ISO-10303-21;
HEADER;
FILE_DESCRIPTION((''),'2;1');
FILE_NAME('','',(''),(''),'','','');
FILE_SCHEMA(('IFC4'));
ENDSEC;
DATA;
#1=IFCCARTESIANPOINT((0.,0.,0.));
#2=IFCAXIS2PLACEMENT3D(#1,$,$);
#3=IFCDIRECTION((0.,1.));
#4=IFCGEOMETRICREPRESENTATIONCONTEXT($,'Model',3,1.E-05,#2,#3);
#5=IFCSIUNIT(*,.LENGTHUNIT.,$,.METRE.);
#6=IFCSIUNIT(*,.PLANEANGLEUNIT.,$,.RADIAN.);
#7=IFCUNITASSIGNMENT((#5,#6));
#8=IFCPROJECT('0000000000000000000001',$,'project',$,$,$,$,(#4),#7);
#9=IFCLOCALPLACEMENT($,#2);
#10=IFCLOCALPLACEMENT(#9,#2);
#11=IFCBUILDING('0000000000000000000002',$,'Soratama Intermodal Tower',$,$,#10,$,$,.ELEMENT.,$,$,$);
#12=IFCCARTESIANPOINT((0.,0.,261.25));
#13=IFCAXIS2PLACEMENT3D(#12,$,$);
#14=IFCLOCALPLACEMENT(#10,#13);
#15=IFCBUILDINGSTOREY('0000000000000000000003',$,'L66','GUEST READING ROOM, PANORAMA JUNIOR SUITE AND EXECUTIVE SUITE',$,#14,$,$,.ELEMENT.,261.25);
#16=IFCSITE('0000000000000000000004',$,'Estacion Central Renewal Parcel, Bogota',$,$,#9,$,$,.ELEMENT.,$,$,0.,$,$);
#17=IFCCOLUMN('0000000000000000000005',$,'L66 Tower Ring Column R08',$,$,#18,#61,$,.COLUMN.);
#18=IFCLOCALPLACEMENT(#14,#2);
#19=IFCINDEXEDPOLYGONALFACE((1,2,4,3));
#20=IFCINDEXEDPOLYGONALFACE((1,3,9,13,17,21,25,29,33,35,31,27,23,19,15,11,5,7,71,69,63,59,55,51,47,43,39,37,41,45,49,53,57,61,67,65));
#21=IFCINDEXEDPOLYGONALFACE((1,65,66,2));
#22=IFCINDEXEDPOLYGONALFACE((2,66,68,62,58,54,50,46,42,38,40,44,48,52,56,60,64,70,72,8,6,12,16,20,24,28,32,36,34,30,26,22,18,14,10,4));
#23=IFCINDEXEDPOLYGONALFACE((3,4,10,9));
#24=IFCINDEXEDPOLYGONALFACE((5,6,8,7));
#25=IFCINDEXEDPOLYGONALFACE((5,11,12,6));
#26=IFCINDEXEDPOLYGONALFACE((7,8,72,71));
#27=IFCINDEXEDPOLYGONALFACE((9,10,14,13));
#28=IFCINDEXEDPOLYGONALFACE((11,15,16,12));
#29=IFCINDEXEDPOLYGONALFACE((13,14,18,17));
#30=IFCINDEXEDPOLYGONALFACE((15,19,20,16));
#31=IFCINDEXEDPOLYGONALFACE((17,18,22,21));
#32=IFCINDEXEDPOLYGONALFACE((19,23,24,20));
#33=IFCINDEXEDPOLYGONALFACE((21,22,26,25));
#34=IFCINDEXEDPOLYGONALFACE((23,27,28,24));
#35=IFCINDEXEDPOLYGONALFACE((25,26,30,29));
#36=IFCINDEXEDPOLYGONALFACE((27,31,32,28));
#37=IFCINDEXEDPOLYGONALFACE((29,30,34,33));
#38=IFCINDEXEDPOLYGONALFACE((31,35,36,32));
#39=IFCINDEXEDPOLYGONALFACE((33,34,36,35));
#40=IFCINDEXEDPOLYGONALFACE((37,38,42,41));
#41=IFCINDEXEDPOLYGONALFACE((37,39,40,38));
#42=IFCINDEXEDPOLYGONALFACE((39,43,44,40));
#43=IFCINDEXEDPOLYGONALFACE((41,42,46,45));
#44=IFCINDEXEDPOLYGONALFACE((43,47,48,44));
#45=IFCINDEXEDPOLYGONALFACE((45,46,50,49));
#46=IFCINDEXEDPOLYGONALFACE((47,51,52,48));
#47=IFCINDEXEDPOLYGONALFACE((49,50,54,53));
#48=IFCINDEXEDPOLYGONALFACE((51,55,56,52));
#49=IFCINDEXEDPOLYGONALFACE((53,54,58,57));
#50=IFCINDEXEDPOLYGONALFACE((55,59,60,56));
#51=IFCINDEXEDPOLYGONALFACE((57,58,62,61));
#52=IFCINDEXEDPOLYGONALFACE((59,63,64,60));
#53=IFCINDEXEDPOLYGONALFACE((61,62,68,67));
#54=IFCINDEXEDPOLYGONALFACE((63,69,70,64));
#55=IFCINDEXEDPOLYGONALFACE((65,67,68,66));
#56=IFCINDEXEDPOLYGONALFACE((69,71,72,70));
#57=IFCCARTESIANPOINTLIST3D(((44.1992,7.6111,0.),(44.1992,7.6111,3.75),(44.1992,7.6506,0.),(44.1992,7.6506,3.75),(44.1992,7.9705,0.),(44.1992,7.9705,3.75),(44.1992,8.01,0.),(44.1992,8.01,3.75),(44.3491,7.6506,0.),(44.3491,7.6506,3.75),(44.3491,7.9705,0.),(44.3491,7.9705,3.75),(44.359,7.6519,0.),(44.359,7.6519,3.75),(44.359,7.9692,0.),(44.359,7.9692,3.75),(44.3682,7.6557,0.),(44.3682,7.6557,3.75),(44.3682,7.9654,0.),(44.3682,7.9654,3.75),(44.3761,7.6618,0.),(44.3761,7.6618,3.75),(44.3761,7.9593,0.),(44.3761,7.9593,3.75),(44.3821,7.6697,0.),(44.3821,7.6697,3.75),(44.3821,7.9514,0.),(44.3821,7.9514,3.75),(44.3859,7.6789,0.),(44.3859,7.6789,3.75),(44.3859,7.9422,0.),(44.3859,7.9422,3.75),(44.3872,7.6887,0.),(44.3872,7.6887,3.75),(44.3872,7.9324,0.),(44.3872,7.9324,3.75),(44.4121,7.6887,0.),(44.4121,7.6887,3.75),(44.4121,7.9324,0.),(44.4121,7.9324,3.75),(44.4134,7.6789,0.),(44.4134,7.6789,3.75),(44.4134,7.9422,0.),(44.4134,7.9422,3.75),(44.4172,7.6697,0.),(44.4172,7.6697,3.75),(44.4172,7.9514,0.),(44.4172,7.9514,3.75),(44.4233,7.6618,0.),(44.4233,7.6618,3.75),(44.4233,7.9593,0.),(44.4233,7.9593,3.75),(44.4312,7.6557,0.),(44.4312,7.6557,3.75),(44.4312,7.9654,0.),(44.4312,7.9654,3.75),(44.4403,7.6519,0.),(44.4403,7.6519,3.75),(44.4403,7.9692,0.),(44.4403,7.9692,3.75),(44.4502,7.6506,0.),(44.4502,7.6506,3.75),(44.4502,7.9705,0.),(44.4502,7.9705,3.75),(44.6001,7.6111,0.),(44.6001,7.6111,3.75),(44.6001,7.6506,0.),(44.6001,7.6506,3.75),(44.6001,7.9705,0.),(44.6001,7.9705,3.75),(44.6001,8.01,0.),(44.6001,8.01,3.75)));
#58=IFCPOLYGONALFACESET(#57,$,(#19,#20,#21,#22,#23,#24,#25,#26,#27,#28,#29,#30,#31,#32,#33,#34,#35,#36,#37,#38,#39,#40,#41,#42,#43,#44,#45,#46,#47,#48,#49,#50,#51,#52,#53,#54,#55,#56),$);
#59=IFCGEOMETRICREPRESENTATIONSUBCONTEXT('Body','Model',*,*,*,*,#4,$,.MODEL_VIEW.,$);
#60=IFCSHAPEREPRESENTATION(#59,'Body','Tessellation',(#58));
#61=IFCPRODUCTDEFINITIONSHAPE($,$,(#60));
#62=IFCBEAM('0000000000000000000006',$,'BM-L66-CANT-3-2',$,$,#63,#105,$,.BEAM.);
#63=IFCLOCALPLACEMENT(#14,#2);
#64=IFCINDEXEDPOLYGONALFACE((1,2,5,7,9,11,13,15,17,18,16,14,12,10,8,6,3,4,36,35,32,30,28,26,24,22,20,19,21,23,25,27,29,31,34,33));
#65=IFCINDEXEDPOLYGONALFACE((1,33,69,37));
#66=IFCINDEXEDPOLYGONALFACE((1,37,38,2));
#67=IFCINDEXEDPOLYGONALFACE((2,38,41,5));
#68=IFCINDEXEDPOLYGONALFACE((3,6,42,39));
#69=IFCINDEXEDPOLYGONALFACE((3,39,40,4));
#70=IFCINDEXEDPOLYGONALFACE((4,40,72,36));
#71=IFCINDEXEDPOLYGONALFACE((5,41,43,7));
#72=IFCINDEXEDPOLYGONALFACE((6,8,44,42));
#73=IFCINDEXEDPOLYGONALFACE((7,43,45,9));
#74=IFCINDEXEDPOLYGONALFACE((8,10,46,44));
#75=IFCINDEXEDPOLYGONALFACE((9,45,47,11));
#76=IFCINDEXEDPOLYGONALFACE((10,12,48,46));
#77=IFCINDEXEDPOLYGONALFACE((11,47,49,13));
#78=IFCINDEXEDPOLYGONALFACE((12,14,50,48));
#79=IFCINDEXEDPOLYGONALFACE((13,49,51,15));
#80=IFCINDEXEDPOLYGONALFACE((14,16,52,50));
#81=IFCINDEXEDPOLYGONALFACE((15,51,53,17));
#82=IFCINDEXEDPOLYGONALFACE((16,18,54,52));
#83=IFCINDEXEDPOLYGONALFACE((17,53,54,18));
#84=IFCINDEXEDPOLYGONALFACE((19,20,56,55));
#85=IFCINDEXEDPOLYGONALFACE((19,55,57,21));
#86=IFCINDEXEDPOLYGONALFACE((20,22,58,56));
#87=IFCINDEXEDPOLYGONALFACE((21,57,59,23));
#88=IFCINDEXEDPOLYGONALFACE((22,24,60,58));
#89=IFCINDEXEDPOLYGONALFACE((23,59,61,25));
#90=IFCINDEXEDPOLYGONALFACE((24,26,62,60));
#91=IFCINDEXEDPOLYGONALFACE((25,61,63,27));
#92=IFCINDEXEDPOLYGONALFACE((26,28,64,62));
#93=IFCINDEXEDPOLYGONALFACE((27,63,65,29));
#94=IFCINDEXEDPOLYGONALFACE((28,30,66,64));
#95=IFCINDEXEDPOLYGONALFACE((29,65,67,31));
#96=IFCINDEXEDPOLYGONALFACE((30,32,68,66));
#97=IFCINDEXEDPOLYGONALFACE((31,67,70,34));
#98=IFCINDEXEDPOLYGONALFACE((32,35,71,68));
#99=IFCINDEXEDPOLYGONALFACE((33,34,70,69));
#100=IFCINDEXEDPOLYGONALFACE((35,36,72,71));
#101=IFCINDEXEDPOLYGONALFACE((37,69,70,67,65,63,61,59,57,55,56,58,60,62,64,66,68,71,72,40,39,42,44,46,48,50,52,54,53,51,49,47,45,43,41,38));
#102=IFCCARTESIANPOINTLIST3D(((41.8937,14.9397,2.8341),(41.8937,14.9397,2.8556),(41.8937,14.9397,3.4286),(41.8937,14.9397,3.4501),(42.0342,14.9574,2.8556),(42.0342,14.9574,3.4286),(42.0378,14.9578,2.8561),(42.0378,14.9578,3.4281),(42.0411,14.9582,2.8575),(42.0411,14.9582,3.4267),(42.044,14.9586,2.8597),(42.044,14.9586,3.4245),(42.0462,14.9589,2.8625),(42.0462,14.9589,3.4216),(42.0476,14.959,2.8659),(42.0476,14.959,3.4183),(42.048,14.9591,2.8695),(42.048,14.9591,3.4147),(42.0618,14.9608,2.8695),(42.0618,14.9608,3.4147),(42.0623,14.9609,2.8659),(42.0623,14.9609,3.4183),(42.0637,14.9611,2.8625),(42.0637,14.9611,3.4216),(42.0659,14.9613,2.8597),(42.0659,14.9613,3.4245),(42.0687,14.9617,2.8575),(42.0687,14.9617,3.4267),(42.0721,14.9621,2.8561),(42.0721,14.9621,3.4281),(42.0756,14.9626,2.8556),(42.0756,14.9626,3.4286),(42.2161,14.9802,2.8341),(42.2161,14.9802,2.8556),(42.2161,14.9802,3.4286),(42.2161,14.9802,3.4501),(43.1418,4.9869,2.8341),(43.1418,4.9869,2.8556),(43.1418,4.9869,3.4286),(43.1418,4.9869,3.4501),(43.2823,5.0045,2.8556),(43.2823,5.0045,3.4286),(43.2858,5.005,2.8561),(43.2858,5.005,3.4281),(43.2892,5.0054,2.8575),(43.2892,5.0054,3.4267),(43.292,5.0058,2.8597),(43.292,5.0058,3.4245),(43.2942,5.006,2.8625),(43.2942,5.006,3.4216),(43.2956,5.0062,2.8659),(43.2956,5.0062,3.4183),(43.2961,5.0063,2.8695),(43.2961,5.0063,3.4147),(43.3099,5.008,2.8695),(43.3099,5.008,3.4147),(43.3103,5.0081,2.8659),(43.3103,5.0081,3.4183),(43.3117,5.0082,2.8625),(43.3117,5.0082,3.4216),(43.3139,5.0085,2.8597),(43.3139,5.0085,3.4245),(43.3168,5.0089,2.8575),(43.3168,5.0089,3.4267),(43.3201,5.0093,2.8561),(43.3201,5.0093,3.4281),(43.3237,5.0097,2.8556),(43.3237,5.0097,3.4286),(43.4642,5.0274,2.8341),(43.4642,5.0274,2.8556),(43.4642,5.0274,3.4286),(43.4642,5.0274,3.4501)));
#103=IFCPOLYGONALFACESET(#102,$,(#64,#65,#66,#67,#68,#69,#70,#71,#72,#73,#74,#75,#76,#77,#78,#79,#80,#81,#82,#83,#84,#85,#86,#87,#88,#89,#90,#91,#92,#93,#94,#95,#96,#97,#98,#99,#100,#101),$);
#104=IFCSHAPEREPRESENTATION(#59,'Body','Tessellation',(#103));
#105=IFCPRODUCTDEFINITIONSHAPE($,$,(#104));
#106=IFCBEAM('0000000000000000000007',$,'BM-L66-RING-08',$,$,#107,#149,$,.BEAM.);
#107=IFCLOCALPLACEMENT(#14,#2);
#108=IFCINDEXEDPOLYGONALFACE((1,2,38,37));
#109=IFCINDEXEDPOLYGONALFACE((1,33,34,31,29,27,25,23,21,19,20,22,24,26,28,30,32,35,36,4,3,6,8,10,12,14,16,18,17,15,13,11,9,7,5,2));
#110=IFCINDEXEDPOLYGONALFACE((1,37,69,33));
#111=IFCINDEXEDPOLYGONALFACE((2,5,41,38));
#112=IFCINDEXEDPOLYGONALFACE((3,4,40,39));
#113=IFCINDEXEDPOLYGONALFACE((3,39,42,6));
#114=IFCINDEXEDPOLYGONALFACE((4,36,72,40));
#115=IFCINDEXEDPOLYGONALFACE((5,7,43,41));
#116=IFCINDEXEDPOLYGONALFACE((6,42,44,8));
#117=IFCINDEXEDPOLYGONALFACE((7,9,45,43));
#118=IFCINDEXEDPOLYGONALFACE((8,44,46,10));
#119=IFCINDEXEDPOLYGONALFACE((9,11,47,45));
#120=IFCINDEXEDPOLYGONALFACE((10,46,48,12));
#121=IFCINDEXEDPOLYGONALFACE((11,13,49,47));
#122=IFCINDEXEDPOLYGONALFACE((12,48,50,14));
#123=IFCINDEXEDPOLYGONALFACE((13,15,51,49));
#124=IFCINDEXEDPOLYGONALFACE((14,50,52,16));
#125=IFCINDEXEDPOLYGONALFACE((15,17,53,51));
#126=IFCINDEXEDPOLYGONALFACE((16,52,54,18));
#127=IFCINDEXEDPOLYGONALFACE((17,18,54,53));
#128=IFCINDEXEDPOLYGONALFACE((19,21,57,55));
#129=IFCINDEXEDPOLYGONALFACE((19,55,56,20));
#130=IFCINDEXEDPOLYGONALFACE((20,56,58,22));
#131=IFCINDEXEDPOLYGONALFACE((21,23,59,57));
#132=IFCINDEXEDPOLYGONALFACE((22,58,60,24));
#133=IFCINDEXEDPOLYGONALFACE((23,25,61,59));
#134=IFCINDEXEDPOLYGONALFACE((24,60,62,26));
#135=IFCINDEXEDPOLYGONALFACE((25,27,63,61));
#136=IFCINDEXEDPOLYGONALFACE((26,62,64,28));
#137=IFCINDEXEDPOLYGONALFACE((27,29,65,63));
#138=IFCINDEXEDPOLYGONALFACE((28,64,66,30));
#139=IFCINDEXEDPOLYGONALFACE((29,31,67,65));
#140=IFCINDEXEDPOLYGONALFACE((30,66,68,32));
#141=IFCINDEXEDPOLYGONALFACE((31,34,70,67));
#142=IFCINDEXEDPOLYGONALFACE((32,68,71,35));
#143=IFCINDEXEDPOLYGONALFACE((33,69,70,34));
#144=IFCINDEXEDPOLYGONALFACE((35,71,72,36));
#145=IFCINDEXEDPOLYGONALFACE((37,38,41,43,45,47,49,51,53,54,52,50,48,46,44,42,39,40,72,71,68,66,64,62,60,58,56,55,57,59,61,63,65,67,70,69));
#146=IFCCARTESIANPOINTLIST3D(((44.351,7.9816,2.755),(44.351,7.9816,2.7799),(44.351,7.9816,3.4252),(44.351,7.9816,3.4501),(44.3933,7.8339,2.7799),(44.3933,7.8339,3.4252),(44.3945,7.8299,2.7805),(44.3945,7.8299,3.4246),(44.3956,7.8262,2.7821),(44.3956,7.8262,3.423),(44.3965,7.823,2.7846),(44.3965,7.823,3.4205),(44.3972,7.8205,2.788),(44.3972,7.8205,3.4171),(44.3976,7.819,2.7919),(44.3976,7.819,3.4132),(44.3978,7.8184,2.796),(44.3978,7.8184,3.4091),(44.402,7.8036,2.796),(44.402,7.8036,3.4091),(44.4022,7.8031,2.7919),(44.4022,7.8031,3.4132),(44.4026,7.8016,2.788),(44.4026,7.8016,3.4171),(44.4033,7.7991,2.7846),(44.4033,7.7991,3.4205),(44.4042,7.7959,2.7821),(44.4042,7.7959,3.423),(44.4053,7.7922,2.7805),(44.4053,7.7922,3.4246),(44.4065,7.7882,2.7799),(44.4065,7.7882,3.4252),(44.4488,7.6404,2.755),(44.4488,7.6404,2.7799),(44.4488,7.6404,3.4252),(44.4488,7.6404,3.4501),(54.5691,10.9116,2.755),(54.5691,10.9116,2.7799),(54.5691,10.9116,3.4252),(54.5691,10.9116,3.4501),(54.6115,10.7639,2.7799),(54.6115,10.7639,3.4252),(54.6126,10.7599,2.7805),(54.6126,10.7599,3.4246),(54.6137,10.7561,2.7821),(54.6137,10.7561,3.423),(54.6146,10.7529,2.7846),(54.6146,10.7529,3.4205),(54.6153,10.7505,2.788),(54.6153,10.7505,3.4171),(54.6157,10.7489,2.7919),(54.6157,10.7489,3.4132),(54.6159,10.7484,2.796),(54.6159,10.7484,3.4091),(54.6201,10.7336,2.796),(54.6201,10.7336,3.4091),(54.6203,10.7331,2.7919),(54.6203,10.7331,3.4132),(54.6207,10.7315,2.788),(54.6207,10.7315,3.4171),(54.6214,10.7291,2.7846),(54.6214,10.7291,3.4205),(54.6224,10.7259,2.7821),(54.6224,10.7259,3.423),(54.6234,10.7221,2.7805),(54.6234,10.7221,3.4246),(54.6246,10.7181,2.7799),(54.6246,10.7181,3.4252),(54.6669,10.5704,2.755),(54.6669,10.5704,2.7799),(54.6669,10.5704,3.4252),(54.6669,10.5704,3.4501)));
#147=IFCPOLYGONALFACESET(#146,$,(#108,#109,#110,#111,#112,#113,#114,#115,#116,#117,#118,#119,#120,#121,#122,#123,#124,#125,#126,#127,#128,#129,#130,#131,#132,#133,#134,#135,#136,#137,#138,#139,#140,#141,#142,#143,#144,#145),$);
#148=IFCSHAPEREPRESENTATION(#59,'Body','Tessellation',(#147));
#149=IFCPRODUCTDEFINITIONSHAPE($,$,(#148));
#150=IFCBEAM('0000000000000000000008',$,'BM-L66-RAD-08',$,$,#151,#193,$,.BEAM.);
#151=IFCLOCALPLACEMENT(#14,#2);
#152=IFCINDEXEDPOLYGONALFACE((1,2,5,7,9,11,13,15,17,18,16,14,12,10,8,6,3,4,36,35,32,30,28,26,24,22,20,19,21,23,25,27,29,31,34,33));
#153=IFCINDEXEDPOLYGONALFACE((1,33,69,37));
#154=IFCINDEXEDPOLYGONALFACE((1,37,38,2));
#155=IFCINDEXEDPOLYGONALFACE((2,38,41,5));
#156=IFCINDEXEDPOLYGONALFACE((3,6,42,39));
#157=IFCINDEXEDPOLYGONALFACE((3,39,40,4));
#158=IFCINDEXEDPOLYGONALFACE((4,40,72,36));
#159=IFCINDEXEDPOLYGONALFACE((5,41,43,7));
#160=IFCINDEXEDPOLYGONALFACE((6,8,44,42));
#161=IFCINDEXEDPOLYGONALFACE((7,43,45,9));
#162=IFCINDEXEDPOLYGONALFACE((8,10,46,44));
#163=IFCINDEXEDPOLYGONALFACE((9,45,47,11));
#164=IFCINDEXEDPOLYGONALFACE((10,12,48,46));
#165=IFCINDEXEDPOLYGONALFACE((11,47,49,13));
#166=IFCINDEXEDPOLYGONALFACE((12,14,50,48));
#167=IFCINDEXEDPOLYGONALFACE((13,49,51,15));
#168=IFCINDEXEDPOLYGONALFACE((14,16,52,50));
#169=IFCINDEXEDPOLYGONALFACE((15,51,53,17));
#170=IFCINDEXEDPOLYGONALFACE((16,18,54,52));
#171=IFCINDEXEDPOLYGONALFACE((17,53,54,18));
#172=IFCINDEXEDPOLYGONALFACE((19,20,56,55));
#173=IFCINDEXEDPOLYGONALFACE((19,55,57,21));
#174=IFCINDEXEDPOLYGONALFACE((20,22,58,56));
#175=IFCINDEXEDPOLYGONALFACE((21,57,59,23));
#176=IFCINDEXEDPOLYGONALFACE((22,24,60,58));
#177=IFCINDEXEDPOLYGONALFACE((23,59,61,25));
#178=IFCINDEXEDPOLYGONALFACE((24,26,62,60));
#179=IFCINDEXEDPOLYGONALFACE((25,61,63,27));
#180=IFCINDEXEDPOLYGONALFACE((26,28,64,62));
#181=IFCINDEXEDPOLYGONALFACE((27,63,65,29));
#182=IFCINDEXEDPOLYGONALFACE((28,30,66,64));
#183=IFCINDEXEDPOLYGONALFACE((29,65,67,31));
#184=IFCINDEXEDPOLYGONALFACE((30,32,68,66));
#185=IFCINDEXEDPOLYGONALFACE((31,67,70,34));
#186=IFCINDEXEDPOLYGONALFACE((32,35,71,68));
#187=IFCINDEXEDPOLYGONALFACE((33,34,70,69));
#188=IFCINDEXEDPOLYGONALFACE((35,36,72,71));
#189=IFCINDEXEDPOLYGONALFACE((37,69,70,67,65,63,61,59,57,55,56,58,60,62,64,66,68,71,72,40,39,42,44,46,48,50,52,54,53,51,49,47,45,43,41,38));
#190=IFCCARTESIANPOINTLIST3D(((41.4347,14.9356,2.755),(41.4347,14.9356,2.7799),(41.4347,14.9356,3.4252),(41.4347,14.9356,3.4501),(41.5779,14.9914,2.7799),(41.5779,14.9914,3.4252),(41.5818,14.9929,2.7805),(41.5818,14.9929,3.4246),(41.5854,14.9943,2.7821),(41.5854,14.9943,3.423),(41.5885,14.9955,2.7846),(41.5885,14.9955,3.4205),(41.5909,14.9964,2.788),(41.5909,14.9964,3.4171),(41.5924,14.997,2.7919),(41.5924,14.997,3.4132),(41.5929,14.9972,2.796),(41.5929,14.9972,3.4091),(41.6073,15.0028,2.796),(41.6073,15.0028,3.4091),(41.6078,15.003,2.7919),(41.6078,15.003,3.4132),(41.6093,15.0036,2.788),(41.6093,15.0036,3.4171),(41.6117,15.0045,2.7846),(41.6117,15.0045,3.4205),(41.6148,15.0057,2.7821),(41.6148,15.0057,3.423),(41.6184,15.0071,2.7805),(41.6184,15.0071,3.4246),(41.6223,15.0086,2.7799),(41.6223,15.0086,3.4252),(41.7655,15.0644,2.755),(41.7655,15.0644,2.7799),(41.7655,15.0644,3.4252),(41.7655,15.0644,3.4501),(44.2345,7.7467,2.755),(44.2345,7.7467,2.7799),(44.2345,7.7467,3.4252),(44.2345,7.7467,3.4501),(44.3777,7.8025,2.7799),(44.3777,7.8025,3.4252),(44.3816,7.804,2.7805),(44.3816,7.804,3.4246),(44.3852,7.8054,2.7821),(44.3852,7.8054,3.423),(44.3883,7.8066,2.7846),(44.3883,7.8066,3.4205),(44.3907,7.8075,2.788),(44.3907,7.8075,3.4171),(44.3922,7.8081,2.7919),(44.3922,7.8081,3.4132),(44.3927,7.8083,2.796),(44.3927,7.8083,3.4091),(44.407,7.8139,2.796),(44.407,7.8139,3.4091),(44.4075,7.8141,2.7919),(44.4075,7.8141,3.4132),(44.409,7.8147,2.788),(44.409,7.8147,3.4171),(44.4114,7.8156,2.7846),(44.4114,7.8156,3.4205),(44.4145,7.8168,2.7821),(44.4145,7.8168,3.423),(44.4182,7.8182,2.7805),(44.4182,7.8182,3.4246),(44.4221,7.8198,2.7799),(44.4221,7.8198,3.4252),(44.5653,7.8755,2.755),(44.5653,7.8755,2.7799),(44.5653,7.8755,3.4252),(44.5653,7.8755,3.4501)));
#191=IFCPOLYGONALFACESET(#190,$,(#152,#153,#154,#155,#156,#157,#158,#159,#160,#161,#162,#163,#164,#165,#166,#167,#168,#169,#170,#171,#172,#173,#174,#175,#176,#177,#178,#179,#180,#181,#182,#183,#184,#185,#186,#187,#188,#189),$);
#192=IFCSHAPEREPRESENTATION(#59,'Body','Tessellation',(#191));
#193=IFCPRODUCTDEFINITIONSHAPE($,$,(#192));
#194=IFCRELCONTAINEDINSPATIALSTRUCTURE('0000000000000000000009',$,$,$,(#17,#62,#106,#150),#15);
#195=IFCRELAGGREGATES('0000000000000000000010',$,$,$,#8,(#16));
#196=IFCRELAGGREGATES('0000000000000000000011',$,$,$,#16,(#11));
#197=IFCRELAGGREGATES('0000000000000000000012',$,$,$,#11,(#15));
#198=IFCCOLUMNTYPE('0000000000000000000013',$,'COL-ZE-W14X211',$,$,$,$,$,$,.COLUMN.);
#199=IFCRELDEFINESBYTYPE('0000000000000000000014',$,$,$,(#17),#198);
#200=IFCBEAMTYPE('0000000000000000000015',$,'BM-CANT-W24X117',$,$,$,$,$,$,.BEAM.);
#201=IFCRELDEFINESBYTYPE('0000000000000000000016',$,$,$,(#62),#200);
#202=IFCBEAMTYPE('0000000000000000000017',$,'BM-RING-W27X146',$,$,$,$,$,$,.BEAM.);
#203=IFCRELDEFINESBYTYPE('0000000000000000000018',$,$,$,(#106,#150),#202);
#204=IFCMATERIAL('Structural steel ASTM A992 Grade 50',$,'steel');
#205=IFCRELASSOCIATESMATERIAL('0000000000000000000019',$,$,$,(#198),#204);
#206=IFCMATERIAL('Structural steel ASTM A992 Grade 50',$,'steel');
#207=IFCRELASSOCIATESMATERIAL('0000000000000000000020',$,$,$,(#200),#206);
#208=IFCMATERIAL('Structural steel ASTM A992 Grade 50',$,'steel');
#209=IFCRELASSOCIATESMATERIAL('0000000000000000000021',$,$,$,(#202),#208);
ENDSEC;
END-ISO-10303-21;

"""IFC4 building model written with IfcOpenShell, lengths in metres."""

from ifc_helpers import new_model, si_unit, direction, frame, origin, origin_2d, place, context, subcontext, project, spatial, i_section, extrude, material, material_profile, profile_set, type_object, element, save


model = new_model("IFC4")

# Units and contexts
model_context = context("Model", 3, precision=1e-05, world=origin(), true_north=direction((0.0, 1.0)))
body_context = subcontext(model_context, "Body", "Model", "MODEL_VIEW")
ifc_project = project(units=[si_unit("LENGTHUNIT", "METRE"), si_unit("PLANEANGLEUNIT", "RADIAN")], contexts=[model_context])

# Site, building, storey
site_placement = place(None, origin())
site = spatial("IfcSite", under=ifc_project, at=site_placement, Name="Estacion Central Renewal Parcel, Bogota", CompositionType="ELEMENT", RefElevation=0.0)
building_placement = place(site_placement, origin())
building = spatial("IfcBuilding", under=site, at=building_placement, Name="Soratama Intermodal Tower", CompositionType="ELEMENT")
storey_placement = place(building_placement, frame((0.0, 0.0, 261.25)))
storey = spatial("IfcBuildingStorey", under=building, at=storey_placement, Name="L66", Description="GUEST READING ROOM, PANORAMA JUNIOR SUITE AND EXECUTIVE SUITE", CompositionType="ELEMENT", Elevation=261.25)

# Column
ifc_material_1 = material(Name="Structural steel ASTM A992 Grade 50", Category="steel")
ifc_material_profile_1 = material_profile(ifc_material_1, i_section(OverallWidth=0.4009, OverallDepth=0.3989, WebThickness=0.0249, FlangeThickness=0.0396, FilletRadius=0.0381, at=origin_2d()), Name="W14X211")
ifc_profile_set_1 = profile_set([ifc_material_profile_1], Name="Structural steel ASTM A992 Grade 50")
column_type = type_object("IfcColumnType", Name="COL-ZE-W14X211", PredefinedType="COLUMN", material=ifc_profile_set_1)
column_placement = place(storey_placement, frame((44.3997, 7.8105, 0.0), z_axis=(0.0, 0.0, 1.0), x_axis=(1.0, 0.0, 0.0)))
element("IfcColumn", 1, at=column_placement, inside=storey, type_object=column_type, Name="L66 Tower Ring Column R08", PredefinedType="COLUMN", context=body_context, shape_type="SweptSolid", body=[
    extrude(i_section(OverallWidth=0.4009, OverallDepth=0.3989, WebThickness=0.0249, FlangeThickness=0.0396, FilletRadius=0.0381, at=origin_2d()), origin(), (0.0, 0.0, 1.0), 3.75),
])

# Beams
ifc_material_2 = material(Name="Structural steel ASTM A992 Grade 50", Category="steel")
ifc_material_profile_2 = material_profile(ifc_material_2, i_section(OverallWidth=0.325, OverallDepth=0.616, WebThickness=0.0139, FlangeThickness=0.0215, FilletRadius=0.0139, at=origin_2d()), Name="W24X117")
ifc_profile_set_2 = profile_set([ifc_material_profile_2], Name="Structural steel ASTM A992 Grade 50")
beam_type_1 = type_object("IfcBeamType", Name="BM-CANT-W24X117", PredefinedType="BEAM", material=ifc_profile_set_2)
beam_1_placement = place(storey_placement, frame((42.0549, 14.96, 3.1421), z_axis=(0.124421, -0.992229, 0.0), x_axis=(0.992229, 0.124421, 0.0)))
element("IfcBeam", 2, at=beam_1_placement, inside=storey, type_object=beam_type_1, Name="BM-L66-CANT-3-2", PredefinedType="BEAM", context=body_context, shape_type="SweptSolid", body=[
    extrude(i_section(OverallWidth=0.325, OverallDepth=0.616, WebThickness=0.0139, FlangeThickness=0.0215, FilletRadius=0.0139, at=origin_2d()), origin(), (0.0, 0.0, 1.0), 10.0308),
])
ifc_material_3 = material(Name="Structural steel ASTM A992 Grade 50", Category="steel")
ifc_material_profile_3 = material_profile(ifc_material_3, i_section(OverallWidth=0.355, OverallDepth=0.6951, WebThickness=0.0154, FlangeThickness=0.0249, FilletRadius=0.0161, at=origin_2d()), Name="W27X146")
ifc_profile_set_3 = profile_set([ifc_material_profile_3], Name="Structural steel ASTM A992 Grade 50")
beam_type_2 = type_object("IfcBeamType", Name="BM-RING-W27X146", PredefinedType="BEAM", material=ifc_profile_set_3)
beam_2_placement = place(storey_placement, frame((44.3999, 7.811, 3.1025), z_axis=(0.961263, 0.275634, 0.0), x_axis=(-0.275634, 0.961263, 0.0)))
element("IfcBeam", 3, at=beam_2_placement, inside=storey, type_object=beam_type_2, Name="BM-L66-RING-08", PredefinedType="BEAM", context=body_context, shape_type="SweptSolid", body=[
    extrude(i_section(OverallWidth=0.355, OverallDepth=0.6951, WebThickness=0.0154, FlangeThickness=0.0249, FilletRadius=0.0161, at=origin_2d()), origin(), (0.0, 0.0, 1.0), 10.6299),
])
beam_3_placement = place(storey_placement, frame((41.6001, 15.0, 3.1025), z_axis=(0.362907, -0.931825, 0.0), x_axis=(0.931825, 0.362907, 0.0)))
element("IfcBeam", 4, at=beam_3_placement, inside=storey, type_object=beam_type_2, Name="BM-L66-RAD-08", PredefinedType="BEAM", context=body_context, shape_type="SweptSolid", body=[
    extrude(i_section(OverallWidth=0.355, OverallDepth=0.6951, WebThickness=0.0154, FlangeThickness=0.0249, FilletRadius=0.0161, at=origin_2d()), origin(), (0.0, 0.0, 1.0), 7.7148),
])

save(model, "model.ifc")
